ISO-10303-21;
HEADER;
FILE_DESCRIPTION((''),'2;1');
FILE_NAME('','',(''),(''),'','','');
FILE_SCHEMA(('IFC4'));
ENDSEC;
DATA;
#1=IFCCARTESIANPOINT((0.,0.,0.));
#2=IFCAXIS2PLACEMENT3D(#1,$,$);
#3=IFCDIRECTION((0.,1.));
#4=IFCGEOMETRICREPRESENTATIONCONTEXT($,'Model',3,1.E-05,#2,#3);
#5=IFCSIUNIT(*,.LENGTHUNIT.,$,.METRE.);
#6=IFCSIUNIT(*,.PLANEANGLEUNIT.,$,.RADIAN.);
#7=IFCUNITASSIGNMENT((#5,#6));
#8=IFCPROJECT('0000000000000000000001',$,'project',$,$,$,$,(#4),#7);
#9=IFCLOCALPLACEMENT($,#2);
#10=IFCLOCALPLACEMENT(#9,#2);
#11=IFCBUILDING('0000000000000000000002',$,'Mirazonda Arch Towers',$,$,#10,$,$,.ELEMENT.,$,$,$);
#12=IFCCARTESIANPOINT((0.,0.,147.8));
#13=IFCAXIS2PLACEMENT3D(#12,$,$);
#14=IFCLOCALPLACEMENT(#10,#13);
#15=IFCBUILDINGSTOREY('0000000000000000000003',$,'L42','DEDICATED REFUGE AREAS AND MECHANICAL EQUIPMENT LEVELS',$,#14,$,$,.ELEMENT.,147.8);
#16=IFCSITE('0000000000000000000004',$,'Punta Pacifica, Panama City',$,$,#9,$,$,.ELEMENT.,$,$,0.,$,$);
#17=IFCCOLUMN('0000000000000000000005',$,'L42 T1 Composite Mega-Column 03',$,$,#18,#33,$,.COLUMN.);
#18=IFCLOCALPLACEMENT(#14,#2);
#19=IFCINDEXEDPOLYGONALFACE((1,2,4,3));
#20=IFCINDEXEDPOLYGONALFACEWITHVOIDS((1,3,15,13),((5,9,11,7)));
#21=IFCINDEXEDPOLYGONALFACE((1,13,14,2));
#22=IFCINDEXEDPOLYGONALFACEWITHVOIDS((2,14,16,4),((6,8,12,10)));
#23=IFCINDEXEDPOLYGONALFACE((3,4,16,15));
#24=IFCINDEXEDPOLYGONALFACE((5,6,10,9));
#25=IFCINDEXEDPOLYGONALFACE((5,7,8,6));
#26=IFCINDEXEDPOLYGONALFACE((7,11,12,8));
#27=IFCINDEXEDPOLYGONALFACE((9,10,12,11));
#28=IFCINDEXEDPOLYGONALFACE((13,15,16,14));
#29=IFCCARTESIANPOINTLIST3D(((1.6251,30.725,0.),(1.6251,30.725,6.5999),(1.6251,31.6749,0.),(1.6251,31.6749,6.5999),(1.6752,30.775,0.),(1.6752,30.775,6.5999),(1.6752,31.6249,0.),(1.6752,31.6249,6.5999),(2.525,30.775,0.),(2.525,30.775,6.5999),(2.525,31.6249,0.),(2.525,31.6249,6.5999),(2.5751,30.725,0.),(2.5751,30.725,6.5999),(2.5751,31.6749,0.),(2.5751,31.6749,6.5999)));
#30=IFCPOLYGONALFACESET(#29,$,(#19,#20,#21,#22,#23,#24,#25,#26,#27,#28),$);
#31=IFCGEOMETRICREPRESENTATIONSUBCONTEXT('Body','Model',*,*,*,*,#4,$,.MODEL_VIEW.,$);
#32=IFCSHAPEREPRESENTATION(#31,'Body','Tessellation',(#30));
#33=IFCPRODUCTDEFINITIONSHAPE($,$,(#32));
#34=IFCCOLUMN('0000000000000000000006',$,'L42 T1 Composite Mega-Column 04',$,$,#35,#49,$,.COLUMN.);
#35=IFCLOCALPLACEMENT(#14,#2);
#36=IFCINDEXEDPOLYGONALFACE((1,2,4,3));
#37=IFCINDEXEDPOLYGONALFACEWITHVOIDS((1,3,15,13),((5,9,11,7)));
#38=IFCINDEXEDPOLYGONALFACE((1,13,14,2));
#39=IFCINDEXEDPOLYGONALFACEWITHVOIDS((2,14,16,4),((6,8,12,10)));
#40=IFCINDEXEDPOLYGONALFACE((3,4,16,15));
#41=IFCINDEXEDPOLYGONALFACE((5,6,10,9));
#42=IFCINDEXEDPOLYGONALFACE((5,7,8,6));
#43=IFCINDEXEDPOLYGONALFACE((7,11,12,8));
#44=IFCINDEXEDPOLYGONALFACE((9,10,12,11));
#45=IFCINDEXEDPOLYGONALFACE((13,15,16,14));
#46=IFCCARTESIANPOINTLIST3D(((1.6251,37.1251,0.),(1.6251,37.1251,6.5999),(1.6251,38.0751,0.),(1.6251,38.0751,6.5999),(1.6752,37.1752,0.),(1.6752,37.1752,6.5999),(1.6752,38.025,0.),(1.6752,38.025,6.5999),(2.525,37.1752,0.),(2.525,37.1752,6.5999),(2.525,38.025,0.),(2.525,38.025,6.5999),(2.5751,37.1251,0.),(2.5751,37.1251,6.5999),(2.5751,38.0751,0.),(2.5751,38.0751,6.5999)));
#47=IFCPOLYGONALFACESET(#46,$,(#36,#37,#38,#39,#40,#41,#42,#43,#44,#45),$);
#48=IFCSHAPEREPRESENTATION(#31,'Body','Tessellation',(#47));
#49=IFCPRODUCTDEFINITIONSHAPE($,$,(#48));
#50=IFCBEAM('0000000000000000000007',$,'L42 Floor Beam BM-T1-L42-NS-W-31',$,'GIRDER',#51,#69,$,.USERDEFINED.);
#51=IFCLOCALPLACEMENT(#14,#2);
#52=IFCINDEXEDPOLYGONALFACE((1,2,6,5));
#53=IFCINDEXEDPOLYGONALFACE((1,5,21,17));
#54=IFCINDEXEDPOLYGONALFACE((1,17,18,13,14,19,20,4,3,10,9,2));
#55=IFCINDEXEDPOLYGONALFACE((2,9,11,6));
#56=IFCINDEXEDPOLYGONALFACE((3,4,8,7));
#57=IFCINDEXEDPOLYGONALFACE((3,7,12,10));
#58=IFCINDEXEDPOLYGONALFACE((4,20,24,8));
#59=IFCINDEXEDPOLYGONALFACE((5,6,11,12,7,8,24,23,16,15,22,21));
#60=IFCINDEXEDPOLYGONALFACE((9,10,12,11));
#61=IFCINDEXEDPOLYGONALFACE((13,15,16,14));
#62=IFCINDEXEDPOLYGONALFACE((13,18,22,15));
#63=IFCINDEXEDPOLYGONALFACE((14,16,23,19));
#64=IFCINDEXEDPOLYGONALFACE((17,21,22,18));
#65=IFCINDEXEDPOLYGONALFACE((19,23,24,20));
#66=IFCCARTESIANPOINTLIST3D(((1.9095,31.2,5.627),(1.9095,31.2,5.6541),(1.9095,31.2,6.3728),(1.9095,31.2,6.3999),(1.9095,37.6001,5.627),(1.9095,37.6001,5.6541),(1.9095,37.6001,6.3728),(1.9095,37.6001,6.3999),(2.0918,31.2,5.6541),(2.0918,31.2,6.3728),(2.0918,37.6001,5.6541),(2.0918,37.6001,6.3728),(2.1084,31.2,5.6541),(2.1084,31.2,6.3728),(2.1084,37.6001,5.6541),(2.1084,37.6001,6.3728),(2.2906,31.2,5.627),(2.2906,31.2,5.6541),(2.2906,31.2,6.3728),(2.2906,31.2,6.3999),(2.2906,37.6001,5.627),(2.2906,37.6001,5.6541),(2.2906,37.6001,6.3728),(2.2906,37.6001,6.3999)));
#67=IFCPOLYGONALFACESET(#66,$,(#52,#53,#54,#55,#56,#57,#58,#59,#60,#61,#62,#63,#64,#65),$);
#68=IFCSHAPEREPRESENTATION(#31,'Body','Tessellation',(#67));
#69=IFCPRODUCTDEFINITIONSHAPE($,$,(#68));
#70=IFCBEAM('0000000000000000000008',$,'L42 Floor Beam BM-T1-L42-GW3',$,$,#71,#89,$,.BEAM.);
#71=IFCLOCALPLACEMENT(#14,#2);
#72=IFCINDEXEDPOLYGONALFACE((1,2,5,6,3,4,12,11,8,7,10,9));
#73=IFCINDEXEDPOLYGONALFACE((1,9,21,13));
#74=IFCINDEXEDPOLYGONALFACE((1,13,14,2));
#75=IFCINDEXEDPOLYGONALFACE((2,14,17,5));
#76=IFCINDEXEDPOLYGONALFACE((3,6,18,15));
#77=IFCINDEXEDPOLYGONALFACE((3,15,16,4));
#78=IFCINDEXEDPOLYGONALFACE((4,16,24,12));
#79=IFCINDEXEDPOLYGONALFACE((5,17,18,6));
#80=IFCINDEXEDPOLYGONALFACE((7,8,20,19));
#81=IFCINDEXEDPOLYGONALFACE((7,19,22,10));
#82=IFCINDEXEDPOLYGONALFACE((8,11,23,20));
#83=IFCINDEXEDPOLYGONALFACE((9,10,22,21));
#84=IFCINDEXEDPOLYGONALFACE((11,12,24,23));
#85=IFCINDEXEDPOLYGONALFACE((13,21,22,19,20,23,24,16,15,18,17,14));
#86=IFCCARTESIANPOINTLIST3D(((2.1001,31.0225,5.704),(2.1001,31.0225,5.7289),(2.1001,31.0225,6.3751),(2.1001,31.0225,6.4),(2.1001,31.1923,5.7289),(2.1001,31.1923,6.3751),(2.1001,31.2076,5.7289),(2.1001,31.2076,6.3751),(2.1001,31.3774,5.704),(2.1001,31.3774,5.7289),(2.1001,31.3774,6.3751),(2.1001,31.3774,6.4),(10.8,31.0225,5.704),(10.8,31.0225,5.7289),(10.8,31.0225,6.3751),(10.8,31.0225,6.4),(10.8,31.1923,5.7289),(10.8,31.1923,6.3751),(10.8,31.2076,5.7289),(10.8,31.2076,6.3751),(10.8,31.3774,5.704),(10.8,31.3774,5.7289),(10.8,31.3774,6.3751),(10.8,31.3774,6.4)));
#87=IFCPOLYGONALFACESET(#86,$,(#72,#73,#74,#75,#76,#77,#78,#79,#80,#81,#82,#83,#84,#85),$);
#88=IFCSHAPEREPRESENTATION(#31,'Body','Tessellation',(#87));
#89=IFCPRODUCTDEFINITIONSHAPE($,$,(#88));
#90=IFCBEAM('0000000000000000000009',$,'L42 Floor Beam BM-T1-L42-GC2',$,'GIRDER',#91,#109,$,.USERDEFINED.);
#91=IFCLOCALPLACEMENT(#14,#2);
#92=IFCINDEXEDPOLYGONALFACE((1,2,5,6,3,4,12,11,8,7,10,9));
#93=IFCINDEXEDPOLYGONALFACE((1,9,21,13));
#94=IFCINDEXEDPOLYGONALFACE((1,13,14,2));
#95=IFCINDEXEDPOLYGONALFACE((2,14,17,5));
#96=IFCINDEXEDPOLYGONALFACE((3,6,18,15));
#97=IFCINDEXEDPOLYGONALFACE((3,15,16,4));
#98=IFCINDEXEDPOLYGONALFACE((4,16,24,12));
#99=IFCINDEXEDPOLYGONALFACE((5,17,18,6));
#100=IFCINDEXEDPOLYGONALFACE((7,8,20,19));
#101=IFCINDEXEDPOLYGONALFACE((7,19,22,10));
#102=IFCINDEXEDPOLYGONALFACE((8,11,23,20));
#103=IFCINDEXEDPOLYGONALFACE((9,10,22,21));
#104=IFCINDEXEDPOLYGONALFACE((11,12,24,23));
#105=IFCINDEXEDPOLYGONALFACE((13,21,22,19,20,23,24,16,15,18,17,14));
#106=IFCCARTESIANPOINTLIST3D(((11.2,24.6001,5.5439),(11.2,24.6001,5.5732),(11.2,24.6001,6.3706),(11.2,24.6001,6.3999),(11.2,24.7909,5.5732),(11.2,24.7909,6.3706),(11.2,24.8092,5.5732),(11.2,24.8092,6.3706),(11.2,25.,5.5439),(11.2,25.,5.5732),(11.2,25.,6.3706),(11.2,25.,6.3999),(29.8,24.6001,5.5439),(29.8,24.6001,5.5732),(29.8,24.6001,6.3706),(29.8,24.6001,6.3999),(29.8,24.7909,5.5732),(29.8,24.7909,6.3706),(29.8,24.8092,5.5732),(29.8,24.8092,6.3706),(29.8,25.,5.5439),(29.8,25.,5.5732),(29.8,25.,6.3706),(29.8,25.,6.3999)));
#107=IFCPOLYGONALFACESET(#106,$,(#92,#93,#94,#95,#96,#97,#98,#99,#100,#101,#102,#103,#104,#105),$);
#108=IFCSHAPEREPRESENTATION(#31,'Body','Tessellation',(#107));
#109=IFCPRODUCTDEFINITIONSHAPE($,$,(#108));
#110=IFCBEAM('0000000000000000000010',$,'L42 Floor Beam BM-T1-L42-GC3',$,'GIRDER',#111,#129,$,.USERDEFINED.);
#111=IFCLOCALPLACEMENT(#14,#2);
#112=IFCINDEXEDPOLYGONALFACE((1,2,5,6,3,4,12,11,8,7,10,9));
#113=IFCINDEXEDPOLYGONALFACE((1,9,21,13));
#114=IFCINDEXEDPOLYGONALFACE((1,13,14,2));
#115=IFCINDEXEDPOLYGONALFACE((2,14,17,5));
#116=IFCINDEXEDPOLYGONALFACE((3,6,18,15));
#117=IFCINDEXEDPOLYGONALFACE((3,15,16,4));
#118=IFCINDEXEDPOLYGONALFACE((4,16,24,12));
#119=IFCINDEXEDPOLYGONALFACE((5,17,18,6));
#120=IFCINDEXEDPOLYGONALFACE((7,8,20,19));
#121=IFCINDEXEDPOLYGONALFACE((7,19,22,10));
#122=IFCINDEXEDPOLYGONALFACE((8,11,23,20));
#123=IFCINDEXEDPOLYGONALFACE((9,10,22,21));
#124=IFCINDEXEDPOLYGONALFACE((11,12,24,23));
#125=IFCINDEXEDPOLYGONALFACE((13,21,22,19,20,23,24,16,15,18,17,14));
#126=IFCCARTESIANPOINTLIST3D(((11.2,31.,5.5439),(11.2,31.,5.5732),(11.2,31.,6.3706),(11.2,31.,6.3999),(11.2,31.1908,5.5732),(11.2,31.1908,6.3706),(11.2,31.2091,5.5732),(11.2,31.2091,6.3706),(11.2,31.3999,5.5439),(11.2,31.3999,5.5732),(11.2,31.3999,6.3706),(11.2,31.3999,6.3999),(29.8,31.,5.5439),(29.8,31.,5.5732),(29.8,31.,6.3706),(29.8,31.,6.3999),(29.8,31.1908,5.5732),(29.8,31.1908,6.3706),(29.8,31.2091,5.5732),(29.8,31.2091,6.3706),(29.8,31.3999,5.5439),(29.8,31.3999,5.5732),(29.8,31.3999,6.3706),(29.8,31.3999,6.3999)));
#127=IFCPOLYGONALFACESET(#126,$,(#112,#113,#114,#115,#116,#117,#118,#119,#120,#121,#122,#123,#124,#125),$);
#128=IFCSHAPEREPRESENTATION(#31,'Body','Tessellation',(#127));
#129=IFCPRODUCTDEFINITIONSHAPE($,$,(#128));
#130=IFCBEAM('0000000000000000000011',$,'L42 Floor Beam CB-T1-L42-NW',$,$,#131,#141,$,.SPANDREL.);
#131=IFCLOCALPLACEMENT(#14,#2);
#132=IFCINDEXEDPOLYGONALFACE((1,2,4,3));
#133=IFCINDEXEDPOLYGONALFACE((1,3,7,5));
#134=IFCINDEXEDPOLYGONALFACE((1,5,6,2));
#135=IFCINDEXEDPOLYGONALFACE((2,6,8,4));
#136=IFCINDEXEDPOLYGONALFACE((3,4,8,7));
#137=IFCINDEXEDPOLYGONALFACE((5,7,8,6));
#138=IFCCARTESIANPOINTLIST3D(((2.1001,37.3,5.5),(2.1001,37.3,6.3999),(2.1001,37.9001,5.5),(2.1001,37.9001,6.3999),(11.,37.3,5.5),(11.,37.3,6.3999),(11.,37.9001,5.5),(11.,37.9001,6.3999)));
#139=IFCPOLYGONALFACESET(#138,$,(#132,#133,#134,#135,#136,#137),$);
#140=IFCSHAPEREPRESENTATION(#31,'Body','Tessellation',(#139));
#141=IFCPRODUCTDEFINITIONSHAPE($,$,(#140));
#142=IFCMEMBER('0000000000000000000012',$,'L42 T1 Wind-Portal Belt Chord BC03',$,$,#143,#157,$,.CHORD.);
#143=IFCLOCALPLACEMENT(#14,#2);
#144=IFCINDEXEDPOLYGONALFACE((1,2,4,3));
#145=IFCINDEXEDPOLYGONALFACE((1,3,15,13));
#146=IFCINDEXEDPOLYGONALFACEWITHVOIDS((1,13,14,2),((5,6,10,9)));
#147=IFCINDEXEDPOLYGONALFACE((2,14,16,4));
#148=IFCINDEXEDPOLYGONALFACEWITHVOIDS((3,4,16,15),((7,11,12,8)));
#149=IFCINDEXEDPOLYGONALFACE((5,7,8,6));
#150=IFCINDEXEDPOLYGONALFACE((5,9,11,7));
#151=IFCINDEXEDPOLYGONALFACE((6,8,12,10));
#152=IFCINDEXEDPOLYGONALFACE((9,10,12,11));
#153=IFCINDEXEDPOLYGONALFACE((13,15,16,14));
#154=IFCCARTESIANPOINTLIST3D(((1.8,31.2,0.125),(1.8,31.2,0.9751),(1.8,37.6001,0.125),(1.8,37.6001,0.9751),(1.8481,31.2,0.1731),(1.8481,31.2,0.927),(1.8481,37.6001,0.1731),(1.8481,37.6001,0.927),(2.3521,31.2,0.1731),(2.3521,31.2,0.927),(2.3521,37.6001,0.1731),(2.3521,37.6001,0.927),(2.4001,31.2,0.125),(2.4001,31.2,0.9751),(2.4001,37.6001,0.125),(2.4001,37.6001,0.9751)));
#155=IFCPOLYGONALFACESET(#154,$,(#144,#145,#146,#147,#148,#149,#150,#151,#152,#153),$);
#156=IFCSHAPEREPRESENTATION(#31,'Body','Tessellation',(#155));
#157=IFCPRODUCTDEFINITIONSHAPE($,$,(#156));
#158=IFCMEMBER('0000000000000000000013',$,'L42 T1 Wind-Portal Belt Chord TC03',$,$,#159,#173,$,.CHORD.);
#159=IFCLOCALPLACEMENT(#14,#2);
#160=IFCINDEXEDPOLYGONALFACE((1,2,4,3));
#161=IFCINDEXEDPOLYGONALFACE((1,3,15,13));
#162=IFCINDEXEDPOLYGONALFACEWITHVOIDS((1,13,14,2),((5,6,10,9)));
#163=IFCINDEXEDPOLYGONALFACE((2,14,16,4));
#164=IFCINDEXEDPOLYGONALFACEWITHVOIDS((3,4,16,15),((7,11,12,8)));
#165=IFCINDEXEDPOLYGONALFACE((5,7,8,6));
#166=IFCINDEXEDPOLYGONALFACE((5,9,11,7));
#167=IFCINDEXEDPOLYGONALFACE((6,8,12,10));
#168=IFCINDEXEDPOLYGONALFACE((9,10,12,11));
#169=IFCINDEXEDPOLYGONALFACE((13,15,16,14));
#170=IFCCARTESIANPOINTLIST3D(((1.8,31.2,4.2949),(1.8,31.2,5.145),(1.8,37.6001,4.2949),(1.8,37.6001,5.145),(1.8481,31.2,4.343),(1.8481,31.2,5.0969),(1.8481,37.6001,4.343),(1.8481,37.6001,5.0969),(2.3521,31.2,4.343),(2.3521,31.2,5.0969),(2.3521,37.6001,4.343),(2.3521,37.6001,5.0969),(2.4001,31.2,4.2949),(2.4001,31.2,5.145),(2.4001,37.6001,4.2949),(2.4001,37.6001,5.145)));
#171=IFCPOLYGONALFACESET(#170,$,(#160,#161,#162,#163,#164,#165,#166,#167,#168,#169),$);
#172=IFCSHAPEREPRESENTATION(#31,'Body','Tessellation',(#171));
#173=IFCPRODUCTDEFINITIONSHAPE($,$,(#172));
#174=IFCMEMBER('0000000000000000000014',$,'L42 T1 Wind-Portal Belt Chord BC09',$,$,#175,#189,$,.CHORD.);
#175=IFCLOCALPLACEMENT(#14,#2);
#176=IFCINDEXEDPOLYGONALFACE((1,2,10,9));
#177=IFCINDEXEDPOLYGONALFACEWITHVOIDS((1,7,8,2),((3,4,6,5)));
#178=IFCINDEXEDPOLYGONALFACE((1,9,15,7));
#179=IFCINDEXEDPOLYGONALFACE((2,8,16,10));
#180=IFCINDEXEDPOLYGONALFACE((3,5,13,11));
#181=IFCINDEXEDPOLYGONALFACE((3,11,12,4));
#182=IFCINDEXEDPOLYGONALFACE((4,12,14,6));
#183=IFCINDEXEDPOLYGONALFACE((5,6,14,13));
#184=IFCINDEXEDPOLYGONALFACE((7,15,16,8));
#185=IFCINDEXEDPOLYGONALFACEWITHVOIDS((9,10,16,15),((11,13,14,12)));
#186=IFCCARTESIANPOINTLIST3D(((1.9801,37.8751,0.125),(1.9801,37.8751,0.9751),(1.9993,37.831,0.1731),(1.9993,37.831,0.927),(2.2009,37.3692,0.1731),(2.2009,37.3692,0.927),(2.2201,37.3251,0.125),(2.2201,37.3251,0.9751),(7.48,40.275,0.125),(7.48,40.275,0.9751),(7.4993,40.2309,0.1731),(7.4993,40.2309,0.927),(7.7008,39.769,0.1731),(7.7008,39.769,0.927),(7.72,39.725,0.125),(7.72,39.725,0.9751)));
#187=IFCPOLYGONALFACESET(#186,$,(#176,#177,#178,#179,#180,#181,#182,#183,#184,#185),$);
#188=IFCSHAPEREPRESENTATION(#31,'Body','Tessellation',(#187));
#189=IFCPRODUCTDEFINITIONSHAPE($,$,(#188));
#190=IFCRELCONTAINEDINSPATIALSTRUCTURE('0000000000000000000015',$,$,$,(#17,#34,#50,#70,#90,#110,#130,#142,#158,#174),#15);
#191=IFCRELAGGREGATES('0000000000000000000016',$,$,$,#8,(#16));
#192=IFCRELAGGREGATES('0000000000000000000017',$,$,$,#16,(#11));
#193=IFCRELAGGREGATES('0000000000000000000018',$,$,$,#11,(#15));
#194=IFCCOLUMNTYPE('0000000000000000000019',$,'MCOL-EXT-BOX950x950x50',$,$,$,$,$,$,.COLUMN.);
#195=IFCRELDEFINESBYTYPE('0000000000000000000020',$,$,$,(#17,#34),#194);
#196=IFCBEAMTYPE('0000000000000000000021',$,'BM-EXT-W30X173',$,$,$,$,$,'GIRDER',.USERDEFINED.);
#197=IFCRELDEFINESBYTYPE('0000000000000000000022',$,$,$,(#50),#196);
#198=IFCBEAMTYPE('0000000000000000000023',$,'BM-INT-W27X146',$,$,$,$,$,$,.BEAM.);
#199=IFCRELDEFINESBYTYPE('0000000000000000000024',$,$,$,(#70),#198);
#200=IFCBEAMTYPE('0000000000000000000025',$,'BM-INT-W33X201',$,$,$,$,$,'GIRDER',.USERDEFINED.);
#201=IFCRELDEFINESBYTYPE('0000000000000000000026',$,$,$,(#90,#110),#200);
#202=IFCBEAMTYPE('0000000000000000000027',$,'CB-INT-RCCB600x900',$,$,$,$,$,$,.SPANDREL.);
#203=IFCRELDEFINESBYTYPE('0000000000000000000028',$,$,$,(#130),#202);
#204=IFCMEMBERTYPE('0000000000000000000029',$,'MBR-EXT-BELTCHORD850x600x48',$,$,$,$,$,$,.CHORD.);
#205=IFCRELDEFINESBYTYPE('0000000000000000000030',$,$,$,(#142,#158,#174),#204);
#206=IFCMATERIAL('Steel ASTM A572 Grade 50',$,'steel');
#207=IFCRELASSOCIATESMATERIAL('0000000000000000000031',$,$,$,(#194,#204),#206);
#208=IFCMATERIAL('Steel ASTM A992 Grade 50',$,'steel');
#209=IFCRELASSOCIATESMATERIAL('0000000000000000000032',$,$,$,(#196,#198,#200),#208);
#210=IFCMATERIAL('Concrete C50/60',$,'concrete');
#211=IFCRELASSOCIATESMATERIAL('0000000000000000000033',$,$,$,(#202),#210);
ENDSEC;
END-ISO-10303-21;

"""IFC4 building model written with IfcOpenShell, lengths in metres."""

from ifc_helpers import new_model, si_unit, direction, frame, origin, origin_2d, place, context, subcontext, project, spatial, rectangle, hollow_rectangle, i_section, extrude, material, material_profile, profile_set, type_object, element, save


model = new_model("IFC4")

# Units and contexts
model_context = context("Model", 3, precision=1e-05, world=origin(), true_north=direction((0.0, 1.0)))
body_context = subcontext(model_context, "Body", "Model", "MODEL_VIEW")
ifc_project = project(units=[si_unit("LENGTHUNIT", "METRE"), si_unit("PLANEANGLEUNIT", "RADIAN")], contexts=[model_context])

# Site, building, storey
site_placement = place(None, origin())
site = spatial("IfcSite", under=ifc_project, at=site_placement, Name="Punta Pacifica, Panama City", CompositionType="ELEMENT", RefElevation=0.0)
building_placement = place(site_placement, origin())
building = spatial("IfcBuilding", under=site, at=building_placement, Name="Mirazonda Arch Towers", CompositionType="ELEMENT")
storey_placement = place(building_placement, frame((0.0, 0.0, 147.8)))
storey = spatial("IfcBuildingStorey", under=building, at=storey_placement, Name="L42", Description="DEDICATED REFUGE AREAS AND MECHANICAL EQUIPMENT LEVELS", CompositionType="ELEMENT", Elevation=147.8)

# Columns
ifc_material_1 = material(Name="Steel ASTM A572 Grade 50", Category="steel")
ifc_material_profile_1 = material_profile(ifc_material_1, hollow_rectangle(XDim=0.95, YDim=0.95, WallThickness=0.05, at=origin_2d()), Name="BOX950x950x50")
ifc_profile_set_1 = profile_set([ifc_material_profile_1], Name="Steel ASTM A572 Grade 50")
column_type = type_object("IfcColumnType", Name="MCOL-EXT-BOX950x950x50", PredefinedType="COLUMN", material=ifc_profile_set_1)
for number, where, z_axis, x_axis, name in (
    (1, (2.1001, 31.2, 0.0), (0.0, 0.0, 1.0), (1.0, 0.0, 0.0), "L42 T1 Composite Mega-Column 03"),
    (2, (2.1001, 37.6001, 0.0), (0.0, 0.0, 1.0), (1.0, 0.0, 0.0), "L42 T1 Composite Mega-Column 04"),
):
    element("IfcColumn", number, at=place(storey_placement, frame(where, z_axis=z_axis, x_axis=x_axis)), inside=storey, type_object=column_type, Name=name, PredefinedType="COLUMN", context=body_context, shape_type="SweptSolid", body=[
        extrude(hollow_rectangle(XDim=0.95, YDim=0.95, WallThickness=0.05, at=origin_2d()), origin(), (0.0, 0.0, 1.0), 6.5999),
    ])

# Beams
ifc_material_2 = material(Name="Steel ASTM A992 Grade 50", Category="steel")
ifc_material_profile_2 = material_profile(ifc_material_2, i_section(OverallWidth=0.3811, OverallDepth=0.7729, WebThickness=0.0166, FlangeThickness=0.0271, at=origin_2d()), Name="W30X173")
ifc_profile_set_2 = profile_set([ifc_material_profile_2], Name="Steel ASTM A992 Grade 50")
beam_type_1 = type_object("IfcBeamType", Name="BM-EXT-W30X173", ElementType="GIRDER", PredefinedType="USERDEFINED", material=ifc_profile_set_2)
beam_1_placement = place(storey_placement, frame((2.1001, 31.2, 6.0134), z_axis=(0.0, 1.0, 0.0), x_axis=(-1.0, 0.0, 0.0)))
element("IfcBeam", 3, at=beam_1_placement, inside=storey, type_object=beam_type_1, Name="L42 Floor Beam BM-T1-L42-NS-W-31", ObjectType="GIRDER", PredefinedType="USERDEFINED", context=body_context, shape_type="SweptSolid", body=[
    extrude(i_section(OverallWidth=0.3811, OverallDepth=0.7729, WebThickness=0.0166, FlangeThickness=0.0271, at=origin_2d()), origin(), (0.0, 0.0, 1.0), 6.4001),
])
ifc_material_profile_3 = material_profile(ifc_material_2, i_section(OverallWidth=0.355, OverallDepth=0.696, WebThickness=0.0154, FlangeThickness=0.0249, at=origin_2d()), Name="W27X146")
ifc_profile_set_3 = profile_set([ifc_material_profile_3], Name="Steel ASTM A992 Grade 50")
beam_type_2 = type_object("IfcBeamType", Name="BM-INT-W27X146", PredefinedType="BEAM", material=ifc_profile_set_3)
beam_2_placement = place(storey_placement, frame((2.1001, 31.2, 6.052), z_axis=(1.0, 0.0, 0.0), x_axis=(0.0, 1.0, 0.0)))
element("IfcBeam", 4, at=beam_2_placement, inside=storey, type_object=beam_type_2, Name="L42 Floor Beam BM-T1-L42-GW3", PredefinedType="BEAM", context=body_context, shape_type="SweptSolid", body=[
    extrude(i_section(OverallWidth=0.355, OverallDepth=0.696, WebThickness=0.0154, FlangeThickness=0.0249, at=origin_2d()), origin(), (0.0, 0.0, 1.0), 8.7),
])
ifc_material_profile_4 = material_profile(ifc_material_2, i_section(OverallWidth=0.3999, OverallDepth=0.856, WebThickness=0.0183, FlangeThickness=0.0293, at=origin_2d()), Name="W33X201")
ifc_profile_set_4 = profile_set([ifc_material_profile_4], Name="Steel ASTM A992 Grade 50")
beam_type_3 = type_object("IfcBeamType", Name="BM-INT-W33X201", ElementType="GIRDER", PredefinedType="USERDEFINED", material=ifc_profile_set_4)
for number, where, z_axis, x_axis, name in (
    (5, (11.2, 24.8, 5.9719), (1.0, 0.0, 0.0), (0.0, 1.0, 0.0), "L42 Floor Beam BM-T1-L42-GC2"),
    (6, (11.2, 31.2, 5.9719), (1.0, 0.0, 0.0), (0.0, 1.0, 0.0), "L42 Floor Beam BM-T1-L42-GC3"),
):
    element("IfcBeam", number, at=place(storey_placement, frame(where, z_axis=z_axis, x_axis=x_axis)), inside=storey, type_object=beam_type_3, Name=name, ObjectType="GIRDER", PredefinedType="USERDEFINED", context=body_context, shape_type="SweptSolid", body=[
        extrude(i_section(OverallWidth=0.3999, OverallDepth=0.856, WebThickness=0.0183, FlangeThickness=0.0293, at=origin_2d()), origin(), (0.0, 0.0, 1.0), 18.6001),
    ])
ifc_material_3 = material(Name="Concrete C50/60", Category="concrete")
ifc_material_profile_5 = material_profile(ifc_material_3, rectangle(XDim=0.6001, YDim=0.8999, at=origin_2d()), Name="RCCB600x900")
ifc_profile_set_5 = profile_set([ifc_material_profile_5], Name="Concrete C50/60")
beam_type_4 = type_object("IfcBeamType", Name="CB-INT-RCCB600x900", PredefinedType="SPANDREL", material=ifc_profile_set_5)
beam_3_placement = place(storey_placement, frame((2.1001, 37.6001, 5.95), z_axis=(1.0, 0.0, 0.0), x_axis=(0.0, 1.0, 0.0)))
element("IfcBeam", 7, at=beam_3_placement, inside=storey, type_object=beam_type_4, Name="L42 Floor Beam CB-T1-L42-NW", PredefinedType="SPANDREL", context=body_context, shape_type="SweptSolid", body=[
    extrude(rectangle(XDim=0.6001, YDim=0.8999, at=origin_2d()), origin(), (0.0, 0.0, 1.0), 8.8999),
])

# Members
ifc_material_profile_6 = material_profile(ifc_material_1, hollow_rectangle(XDim=0.6001, YDim=0.8501, WallThickness=0.0481, at=origin_2d()), Name="BELTCHORD850x600x48")
ifc_profile_set_6 = profile_set([ifc_material_profile_6], Name="Steel ASTM A572 Grade 50")
member_type_1 = type_object("IfcMemberType", Name="MBR-EXT-BELTCHORD850x600x48", PredefinedType="CHORD", material=ifc_profile_set_6)
for number, where, z_axis, x_axis, name in (
    (8, (2.1001, 31.2, 0.55), (0.0, 1.0, 0.0), (-1.0, 0.0, 0.0), "L42 T1 Wind-Portal Belt Chord BC03"),
    (9, (2.1001, 31.2, 4.72), (0.0, 1.0, 0.0), (-1.0, 0.0, 0.0), "L42 T1 Wind-Portal Belt Chord TC03"),
):
    element("IfcMember", number, at=place(storey_placement, frame(where, z_axis=z_axis, x_axis=x_axis)), inside=storey, type_object=member_type_1, Name=name, PredefinedType="CHORD", context=body_context, shape_type="SweptSolid", body=[
        extrude(hollow_rectangle(XDim=0.6001, YDim=0.8501, WallThickness=0.0481, at=origin_2d()), origin(), (0.0, 0.0, 1.0), 6.4001),
    ])
for number, where, z_axis, x_axis, name in (
    (10, (2.1001, 37.6001, 0.55), (0.916545, 0.399931, 0.0), (-0.399931, 0.916545, 0.0), "L42 T1 Wind-Portal Belt Chord BC09"),
):
    element("IfcMember", number, at=place(storey_placement, frame(where, z_axis=z_axis, x_axis=x_axis)), inside=storey, type_object=member_type_1, Name=name, PredefinedType="CHORD", context=body_context, shape_type="SweptSolid", body=[
        extrude(hollow_rectangle(XDim=0.6001, YDim=0.8501, WallThickness=0.0481, at=origin_2d()), origin(), (0.0, 0.0, 1.0), 6.0007),
    ])

save(model, "model.ifc")
